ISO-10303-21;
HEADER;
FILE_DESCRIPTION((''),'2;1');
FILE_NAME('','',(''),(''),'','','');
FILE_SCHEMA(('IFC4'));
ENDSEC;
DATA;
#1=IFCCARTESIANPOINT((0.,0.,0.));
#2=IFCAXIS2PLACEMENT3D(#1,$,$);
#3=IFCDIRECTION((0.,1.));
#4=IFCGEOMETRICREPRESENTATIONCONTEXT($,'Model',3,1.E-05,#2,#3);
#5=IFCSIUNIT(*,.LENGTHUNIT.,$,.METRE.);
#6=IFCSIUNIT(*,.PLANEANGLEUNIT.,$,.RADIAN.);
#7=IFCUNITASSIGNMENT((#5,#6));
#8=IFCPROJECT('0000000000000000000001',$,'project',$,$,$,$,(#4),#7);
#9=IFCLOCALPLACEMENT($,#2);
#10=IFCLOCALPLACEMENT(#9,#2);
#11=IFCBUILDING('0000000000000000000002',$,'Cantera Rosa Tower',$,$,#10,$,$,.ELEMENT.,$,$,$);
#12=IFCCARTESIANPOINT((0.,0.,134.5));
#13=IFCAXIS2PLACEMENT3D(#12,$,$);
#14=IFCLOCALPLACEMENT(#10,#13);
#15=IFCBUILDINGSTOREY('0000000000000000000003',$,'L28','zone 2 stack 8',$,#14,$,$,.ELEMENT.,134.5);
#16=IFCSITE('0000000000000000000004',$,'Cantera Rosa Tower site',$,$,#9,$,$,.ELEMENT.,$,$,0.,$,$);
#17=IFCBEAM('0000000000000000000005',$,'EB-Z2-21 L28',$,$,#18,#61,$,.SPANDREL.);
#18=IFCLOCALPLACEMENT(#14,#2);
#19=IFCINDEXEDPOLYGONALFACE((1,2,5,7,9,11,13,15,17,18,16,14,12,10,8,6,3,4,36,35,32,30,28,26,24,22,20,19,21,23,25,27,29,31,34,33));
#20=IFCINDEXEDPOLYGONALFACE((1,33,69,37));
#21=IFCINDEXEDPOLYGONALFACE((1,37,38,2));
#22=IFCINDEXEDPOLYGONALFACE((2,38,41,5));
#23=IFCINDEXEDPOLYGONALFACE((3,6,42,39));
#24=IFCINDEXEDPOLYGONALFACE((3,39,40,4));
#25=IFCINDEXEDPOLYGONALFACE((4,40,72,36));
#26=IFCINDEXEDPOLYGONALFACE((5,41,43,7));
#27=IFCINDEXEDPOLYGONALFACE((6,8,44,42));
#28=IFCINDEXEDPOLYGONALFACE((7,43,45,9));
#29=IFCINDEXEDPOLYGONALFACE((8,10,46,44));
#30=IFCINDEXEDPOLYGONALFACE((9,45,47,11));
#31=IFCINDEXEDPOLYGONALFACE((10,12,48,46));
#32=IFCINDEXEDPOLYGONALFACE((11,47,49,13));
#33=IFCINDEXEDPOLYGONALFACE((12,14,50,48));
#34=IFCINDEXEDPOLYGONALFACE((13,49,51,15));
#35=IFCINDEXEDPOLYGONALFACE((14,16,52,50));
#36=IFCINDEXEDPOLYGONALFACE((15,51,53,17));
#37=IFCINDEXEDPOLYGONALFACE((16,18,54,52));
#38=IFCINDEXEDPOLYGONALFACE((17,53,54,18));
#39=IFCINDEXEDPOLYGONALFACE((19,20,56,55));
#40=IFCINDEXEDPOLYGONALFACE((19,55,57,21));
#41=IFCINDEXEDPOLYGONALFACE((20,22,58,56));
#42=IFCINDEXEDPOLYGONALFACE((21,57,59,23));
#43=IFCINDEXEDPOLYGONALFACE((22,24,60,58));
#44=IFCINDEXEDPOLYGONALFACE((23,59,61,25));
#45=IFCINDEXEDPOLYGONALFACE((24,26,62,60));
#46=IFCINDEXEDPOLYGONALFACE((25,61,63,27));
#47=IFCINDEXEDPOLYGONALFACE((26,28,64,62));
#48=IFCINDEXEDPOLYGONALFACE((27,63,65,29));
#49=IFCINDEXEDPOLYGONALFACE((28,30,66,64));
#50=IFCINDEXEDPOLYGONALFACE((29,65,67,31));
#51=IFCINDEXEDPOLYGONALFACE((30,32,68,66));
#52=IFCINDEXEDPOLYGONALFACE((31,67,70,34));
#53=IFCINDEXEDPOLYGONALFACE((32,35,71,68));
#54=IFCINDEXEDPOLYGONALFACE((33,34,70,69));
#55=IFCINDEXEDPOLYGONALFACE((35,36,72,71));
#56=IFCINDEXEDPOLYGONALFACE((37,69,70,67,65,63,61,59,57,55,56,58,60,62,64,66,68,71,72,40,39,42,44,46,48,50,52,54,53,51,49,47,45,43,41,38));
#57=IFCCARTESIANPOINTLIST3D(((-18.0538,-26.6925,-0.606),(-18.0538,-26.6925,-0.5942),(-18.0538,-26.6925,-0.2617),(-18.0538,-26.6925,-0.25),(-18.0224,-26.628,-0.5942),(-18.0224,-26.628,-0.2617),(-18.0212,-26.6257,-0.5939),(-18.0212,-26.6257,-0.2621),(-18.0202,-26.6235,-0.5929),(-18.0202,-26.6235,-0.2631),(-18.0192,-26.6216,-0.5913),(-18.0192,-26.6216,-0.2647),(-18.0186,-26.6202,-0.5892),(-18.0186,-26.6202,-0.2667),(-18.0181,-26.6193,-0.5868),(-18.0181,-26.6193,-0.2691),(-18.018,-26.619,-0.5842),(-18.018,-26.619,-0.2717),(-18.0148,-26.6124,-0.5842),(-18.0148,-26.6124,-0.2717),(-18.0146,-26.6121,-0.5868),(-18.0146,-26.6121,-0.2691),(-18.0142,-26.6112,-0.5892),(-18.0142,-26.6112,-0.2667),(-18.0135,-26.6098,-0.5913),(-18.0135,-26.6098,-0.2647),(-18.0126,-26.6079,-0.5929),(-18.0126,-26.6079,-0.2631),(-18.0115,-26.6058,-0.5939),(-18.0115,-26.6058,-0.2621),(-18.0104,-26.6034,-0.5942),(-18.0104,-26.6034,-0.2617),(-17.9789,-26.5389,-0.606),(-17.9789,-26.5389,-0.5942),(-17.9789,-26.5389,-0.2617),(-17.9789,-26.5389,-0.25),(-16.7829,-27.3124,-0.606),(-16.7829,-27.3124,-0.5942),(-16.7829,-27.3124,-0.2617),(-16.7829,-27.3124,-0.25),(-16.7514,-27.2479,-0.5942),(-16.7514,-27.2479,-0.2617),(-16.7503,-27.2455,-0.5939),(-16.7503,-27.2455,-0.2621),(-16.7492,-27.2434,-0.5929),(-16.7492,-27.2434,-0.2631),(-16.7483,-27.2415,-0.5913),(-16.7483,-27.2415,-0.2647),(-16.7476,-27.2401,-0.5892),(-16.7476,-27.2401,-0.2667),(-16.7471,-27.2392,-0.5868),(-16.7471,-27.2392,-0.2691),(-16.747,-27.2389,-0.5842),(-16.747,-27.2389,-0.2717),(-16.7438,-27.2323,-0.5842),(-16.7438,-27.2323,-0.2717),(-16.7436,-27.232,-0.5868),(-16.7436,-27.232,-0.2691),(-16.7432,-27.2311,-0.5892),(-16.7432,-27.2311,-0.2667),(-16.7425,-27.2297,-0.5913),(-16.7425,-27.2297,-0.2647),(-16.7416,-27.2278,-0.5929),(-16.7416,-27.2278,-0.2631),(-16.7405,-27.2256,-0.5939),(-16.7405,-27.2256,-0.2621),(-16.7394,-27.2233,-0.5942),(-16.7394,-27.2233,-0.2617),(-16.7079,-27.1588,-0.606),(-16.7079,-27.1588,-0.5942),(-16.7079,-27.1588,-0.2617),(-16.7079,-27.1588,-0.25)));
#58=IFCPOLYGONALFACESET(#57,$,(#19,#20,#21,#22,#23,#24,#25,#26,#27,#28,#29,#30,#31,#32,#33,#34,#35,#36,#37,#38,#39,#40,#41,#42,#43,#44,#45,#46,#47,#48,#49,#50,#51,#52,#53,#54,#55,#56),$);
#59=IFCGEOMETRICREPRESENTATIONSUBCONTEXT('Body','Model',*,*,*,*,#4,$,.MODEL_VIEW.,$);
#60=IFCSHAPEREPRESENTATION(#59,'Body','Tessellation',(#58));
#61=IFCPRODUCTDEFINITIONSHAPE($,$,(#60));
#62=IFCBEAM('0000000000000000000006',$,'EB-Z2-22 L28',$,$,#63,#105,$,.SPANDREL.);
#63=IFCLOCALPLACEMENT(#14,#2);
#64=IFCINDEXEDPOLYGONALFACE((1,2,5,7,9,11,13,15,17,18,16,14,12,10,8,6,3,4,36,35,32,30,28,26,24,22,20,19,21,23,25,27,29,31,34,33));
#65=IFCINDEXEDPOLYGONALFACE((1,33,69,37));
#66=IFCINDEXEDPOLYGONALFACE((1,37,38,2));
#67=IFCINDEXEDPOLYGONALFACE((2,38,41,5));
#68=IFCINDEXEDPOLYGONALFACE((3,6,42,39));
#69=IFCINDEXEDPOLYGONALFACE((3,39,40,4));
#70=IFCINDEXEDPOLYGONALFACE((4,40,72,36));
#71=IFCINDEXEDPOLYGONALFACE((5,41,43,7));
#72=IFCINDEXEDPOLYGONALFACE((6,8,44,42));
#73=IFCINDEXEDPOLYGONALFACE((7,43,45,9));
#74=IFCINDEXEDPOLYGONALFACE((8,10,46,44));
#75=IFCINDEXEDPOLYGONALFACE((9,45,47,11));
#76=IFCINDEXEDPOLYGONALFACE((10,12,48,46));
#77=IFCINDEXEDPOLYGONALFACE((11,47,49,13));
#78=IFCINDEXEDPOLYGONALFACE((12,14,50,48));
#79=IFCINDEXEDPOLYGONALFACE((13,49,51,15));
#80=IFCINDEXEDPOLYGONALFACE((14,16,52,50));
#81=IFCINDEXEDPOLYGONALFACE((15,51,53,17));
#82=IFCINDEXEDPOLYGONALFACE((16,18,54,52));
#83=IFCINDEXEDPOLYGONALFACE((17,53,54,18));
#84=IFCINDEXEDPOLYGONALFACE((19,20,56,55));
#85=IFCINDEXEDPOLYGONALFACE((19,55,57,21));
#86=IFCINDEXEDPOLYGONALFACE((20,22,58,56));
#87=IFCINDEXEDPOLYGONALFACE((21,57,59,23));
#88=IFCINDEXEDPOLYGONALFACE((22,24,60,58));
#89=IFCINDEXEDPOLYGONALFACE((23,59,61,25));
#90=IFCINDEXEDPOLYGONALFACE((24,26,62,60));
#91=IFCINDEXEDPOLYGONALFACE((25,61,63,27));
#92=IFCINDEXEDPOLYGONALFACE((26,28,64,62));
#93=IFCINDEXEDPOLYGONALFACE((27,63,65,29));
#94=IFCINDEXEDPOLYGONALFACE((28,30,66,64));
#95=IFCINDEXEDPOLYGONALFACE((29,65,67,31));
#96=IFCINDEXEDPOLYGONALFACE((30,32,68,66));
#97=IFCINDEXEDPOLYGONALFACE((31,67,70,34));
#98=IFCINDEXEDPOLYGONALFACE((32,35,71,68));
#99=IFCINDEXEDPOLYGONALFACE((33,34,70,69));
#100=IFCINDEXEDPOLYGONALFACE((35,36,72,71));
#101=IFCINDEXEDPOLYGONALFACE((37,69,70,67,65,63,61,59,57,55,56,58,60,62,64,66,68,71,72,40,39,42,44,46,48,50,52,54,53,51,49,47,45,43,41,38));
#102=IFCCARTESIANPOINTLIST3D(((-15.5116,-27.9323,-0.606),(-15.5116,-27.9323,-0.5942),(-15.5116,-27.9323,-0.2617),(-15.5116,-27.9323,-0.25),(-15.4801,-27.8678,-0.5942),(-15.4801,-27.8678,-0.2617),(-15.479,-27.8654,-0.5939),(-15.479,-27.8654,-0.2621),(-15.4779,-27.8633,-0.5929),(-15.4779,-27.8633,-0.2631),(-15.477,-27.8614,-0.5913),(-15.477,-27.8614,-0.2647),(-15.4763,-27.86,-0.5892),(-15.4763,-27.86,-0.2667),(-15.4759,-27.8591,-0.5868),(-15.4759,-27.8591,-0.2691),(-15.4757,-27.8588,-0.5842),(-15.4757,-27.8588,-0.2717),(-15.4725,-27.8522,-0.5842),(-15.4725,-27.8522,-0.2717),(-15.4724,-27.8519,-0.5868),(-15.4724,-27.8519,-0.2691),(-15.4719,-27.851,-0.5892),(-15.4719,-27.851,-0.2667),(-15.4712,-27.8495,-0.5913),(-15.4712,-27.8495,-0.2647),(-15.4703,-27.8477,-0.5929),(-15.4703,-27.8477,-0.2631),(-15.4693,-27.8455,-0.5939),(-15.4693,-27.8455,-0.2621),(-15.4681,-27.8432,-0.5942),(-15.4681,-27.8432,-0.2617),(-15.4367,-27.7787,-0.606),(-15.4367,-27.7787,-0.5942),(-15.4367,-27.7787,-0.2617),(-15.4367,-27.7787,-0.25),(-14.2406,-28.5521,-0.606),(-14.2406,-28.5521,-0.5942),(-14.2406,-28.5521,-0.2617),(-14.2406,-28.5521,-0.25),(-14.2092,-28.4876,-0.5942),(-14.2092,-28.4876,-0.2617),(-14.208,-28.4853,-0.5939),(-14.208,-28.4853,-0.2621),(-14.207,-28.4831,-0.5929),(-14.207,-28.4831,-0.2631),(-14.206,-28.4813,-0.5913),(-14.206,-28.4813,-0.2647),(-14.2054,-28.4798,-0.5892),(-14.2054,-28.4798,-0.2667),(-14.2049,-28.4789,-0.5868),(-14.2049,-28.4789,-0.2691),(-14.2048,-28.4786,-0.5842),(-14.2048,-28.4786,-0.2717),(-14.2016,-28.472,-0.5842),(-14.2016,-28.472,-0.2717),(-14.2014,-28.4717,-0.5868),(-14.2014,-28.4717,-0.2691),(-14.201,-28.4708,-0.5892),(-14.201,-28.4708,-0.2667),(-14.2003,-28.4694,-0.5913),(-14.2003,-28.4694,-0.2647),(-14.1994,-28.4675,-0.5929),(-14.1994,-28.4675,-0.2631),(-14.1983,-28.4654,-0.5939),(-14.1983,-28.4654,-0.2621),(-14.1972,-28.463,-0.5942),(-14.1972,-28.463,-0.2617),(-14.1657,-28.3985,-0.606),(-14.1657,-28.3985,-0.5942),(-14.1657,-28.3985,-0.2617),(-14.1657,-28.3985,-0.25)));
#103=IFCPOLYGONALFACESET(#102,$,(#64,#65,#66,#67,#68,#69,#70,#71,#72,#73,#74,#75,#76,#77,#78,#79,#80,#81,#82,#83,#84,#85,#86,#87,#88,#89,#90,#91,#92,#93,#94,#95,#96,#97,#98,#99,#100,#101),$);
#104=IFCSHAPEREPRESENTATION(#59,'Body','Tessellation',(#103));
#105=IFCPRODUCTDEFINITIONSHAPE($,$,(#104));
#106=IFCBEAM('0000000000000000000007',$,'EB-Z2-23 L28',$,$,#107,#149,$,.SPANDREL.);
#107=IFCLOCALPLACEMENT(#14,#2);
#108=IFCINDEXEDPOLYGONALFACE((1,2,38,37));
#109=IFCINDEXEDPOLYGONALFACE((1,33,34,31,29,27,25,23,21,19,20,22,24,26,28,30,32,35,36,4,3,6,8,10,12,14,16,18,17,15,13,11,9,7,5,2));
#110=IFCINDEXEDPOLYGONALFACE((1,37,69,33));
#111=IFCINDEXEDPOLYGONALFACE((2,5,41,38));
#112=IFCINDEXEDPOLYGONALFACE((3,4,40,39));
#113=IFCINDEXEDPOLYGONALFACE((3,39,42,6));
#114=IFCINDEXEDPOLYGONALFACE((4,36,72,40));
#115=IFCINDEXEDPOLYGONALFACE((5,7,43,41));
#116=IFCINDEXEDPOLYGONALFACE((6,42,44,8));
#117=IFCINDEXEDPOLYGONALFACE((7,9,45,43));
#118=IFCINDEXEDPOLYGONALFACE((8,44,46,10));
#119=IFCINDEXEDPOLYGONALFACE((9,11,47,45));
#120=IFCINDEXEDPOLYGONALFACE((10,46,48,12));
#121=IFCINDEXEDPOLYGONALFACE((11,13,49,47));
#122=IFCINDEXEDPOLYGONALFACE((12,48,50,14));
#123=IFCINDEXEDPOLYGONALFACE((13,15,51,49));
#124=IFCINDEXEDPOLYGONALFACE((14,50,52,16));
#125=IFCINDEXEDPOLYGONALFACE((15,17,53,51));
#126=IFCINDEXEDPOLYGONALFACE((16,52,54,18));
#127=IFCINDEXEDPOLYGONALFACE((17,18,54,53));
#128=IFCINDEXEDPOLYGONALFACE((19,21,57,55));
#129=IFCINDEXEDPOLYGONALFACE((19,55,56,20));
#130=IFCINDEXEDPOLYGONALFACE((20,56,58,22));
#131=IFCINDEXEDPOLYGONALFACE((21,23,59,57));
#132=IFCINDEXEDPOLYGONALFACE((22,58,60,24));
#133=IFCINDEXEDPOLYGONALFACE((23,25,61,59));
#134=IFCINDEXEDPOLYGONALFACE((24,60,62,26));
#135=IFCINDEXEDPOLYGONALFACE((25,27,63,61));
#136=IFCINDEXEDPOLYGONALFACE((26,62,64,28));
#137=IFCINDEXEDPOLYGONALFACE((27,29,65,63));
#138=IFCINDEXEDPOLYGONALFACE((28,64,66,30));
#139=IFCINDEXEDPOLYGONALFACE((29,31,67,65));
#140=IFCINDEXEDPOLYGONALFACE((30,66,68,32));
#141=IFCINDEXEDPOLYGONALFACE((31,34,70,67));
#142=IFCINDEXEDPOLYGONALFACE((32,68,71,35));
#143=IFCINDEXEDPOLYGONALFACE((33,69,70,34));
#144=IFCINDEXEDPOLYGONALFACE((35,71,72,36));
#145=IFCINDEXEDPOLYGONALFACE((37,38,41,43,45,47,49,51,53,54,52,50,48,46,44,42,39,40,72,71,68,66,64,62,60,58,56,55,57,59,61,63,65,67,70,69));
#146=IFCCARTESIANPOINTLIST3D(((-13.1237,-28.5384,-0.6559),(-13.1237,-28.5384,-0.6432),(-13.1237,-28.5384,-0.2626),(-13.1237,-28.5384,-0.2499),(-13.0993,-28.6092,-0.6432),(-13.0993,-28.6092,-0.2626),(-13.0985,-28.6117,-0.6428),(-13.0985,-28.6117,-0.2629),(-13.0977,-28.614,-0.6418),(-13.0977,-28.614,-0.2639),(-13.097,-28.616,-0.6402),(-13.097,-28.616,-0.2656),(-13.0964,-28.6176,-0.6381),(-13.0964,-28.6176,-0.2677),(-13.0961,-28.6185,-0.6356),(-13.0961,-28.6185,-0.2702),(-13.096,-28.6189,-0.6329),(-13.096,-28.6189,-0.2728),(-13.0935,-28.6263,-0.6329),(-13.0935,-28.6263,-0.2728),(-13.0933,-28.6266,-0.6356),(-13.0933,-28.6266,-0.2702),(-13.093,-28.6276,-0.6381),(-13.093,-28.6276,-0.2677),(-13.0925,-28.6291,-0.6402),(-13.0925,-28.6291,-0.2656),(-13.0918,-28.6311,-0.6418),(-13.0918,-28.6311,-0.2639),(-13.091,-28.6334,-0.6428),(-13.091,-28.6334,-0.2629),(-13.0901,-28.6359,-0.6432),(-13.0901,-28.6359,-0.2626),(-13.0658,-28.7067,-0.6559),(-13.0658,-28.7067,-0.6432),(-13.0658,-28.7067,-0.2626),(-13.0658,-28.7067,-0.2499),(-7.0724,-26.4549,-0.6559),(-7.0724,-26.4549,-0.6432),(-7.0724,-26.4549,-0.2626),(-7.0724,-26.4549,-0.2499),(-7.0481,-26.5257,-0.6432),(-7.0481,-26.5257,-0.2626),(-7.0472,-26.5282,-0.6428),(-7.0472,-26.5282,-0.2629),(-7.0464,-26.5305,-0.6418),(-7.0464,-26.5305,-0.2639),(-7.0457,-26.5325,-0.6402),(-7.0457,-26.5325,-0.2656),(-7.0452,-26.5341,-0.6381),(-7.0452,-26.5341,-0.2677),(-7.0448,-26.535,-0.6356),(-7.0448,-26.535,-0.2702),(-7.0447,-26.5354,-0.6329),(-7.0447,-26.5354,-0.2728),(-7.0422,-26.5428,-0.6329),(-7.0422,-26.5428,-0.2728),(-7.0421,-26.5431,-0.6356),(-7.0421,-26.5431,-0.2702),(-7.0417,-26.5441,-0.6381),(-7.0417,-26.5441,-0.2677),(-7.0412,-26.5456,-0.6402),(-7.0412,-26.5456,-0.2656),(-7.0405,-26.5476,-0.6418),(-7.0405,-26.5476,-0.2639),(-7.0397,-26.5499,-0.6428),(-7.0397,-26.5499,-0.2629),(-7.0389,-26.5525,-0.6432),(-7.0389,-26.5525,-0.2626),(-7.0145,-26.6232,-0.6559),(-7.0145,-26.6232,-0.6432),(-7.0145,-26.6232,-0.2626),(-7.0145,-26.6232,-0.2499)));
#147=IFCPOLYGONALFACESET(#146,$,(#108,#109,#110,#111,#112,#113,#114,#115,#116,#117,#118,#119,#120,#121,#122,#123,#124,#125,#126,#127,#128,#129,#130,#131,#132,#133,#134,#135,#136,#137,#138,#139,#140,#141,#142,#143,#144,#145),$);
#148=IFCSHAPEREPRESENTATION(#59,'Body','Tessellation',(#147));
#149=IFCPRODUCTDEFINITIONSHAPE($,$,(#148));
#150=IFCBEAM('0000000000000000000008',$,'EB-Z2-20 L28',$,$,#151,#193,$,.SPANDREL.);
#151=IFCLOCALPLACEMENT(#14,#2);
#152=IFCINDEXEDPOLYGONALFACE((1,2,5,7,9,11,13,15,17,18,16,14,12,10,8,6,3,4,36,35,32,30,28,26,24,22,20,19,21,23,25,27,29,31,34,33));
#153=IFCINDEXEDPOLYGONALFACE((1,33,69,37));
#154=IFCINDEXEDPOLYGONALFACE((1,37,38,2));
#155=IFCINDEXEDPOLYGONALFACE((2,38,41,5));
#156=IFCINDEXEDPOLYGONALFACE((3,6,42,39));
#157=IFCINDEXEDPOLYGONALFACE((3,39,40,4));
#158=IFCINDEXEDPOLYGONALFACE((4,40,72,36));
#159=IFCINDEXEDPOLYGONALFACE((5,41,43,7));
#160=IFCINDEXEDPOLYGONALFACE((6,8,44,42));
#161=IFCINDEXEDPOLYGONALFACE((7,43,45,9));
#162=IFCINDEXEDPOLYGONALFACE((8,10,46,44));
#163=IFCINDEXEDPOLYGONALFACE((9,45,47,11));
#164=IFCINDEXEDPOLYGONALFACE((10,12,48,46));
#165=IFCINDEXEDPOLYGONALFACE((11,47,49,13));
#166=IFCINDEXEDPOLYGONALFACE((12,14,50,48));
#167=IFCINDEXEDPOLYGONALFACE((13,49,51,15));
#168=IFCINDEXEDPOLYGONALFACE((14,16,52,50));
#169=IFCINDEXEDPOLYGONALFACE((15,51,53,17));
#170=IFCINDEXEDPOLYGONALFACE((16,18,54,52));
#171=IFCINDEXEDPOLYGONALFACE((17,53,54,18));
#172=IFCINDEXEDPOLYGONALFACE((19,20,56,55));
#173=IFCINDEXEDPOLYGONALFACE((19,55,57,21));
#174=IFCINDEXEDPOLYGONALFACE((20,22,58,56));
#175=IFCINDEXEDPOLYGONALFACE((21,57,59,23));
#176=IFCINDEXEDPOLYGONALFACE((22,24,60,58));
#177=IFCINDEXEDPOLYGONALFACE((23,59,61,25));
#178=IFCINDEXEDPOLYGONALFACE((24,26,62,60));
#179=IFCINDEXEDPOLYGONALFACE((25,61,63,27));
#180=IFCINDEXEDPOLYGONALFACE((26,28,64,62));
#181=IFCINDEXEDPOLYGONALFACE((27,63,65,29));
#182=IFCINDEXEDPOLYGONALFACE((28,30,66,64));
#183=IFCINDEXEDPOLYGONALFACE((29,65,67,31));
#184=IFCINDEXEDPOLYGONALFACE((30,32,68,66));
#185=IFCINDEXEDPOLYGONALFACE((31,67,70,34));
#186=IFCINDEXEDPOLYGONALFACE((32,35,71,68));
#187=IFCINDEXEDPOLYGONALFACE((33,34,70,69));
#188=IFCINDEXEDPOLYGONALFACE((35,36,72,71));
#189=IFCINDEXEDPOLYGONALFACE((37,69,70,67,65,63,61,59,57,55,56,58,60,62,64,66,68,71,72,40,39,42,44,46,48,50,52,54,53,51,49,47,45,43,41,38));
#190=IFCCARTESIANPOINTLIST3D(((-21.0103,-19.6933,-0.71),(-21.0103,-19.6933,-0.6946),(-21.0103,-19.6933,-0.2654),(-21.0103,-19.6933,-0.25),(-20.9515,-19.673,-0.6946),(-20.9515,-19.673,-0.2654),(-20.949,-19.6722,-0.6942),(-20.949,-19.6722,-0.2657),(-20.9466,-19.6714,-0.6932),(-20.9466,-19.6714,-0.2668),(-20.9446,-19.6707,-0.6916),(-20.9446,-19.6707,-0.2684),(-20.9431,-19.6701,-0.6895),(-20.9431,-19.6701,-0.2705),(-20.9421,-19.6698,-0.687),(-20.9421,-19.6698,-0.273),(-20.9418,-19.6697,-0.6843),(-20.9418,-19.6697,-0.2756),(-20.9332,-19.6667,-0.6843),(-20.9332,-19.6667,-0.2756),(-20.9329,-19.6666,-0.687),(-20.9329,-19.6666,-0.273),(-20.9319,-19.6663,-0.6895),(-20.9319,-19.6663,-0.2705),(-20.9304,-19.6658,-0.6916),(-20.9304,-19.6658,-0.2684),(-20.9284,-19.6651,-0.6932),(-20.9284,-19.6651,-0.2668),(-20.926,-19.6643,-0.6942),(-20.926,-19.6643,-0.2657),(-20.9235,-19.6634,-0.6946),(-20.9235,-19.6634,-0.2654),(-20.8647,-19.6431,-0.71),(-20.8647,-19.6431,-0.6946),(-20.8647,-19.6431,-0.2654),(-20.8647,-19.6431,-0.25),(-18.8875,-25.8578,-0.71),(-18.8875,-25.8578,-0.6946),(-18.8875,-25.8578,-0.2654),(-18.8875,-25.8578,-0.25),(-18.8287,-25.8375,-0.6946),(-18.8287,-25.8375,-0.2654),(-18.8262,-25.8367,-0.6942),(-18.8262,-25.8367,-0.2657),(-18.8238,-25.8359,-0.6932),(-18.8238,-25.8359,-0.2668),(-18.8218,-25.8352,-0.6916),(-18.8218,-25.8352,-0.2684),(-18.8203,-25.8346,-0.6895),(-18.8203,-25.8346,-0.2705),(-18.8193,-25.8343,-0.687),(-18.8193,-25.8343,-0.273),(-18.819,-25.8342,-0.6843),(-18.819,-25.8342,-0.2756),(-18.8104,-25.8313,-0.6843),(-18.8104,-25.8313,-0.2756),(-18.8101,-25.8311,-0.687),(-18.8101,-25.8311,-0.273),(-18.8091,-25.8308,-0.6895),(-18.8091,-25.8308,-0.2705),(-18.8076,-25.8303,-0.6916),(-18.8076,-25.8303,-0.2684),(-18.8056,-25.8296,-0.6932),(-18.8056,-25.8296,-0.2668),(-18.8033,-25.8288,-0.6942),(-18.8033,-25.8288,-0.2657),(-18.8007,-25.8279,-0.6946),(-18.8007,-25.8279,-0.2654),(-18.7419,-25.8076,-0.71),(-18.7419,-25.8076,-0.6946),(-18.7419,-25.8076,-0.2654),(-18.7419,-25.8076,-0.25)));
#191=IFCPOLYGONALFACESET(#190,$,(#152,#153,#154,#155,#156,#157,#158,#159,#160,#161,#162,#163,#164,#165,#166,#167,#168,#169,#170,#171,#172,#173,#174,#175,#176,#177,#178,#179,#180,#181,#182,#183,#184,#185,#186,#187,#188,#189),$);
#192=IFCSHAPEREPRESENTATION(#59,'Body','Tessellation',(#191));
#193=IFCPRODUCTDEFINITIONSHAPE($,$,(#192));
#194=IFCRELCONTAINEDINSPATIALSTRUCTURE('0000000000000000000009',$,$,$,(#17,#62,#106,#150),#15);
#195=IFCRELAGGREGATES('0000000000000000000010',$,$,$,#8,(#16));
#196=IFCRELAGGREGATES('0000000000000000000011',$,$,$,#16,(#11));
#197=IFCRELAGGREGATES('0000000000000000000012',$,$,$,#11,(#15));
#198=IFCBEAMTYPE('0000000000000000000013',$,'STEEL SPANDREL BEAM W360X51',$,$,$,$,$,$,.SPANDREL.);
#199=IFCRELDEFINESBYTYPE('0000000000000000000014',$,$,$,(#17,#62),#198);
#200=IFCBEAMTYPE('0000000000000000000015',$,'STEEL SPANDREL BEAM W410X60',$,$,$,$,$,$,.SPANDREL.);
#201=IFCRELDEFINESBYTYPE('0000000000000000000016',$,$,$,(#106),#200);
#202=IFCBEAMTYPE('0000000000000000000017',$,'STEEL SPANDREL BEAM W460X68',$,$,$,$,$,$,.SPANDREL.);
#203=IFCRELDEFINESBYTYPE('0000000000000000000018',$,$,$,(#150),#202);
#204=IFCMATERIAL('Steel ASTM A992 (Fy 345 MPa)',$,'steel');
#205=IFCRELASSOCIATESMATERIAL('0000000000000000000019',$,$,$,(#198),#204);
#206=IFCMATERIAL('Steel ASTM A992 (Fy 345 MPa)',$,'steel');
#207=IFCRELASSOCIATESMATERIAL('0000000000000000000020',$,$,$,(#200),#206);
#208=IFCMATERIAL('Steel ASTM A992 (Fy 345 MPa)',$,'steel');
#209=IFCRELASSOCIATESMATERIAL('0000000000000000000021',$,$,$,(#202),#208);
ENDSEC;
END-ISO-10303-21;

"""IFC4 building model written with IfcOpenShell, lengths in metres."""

from ifc_helpers import new_model, si_unit, direction, frame, origin, origin_2d, place, context, subcontext, project, spatial, i_section, extrude, material, material_profile, profile_set, type_object, element, save


model = new_model("IFC4")

# Units and contexts
model_context = context("Model", 3, precision=1e-05, world=origin(), true_north=direction((0.0, 1.0)))
body_context = subcontext(model_context, "Body", "Model", "MODEL_VIEW")
ifc_project = project(units=[si_unit("LENGTHUNIT", "METRE"), si_unit("PLANEANGLEUNIT", "RADIAN")], contexts=[model_context])

# Site, building, storey
site_placement = place(None, origin())
site = spatial("IfcSite", under=ifc_project, at=site_placement, Name="Cantera Rosa Tower site", CompositionType="ELEMENT", RefElevation=0.0)
building_placement = place(site_placement, origin())
building = spatial("IfcBuilding", under=site, at=building_placement, Name="Cantera Rosa Tower", CompositionType="ELEMENT")
storey_placement = place(building_placement, frame((0.0, 0.0, 134.5)))
storey = spatial("IfcBuildingStorey", under=building, at=storey_placement, Name="L28", Description="zone 2 stack 8", CompositionType="ELEMENT", Elevation=134.5)

# Beams
ifc_material_1 = material(Name="Steel ASTM A992 (Fy 345 MPa)", Category="steel")
ifc_material_profile_1 = material_profile(ifc_material_1, i_section(OverallWidth=0.1709, OverallDepth=0.356, WebThickness=0.0073, FlangeThickness=0.0117, FilletRadius=0.01, at=origin_2d()), Name="W360X51")
ifc_profile_set_1 = profile_set([ifc_material_profile_1], Name="Steel ASTM A992 (Fy 345 MPa)")
beam_type_1 = type_object("IfcBeamType", Name="STEEL SPANDREL BEAM W360X51", PredefinedType="SPANDREL", material=ifc_profile_set_1)
for number, where, z_axis, x_axis, name in (
    (1, (-18.0164, -26.6157, -0.428), (0.898803, -0.438352, 0.0), (0.438352, 0.898803, 0.0), "EB-Z2-21 L28"),
    (2, (-15.4741, -27.8555, -0.428), (0.898803, -0.438352, 0.0), (0.438352, 0.898803, 0.0), "EB-Z2-22 L28"),
):
    element("IfcBeam", number, at=place(storey_placement, frame(where, z_axis=z_axis, x_axis=x_axis)), inside=storey, type_object=beam_type_1, Name=name, PredefinedType="SPANDREL", context=body_context, shape_type="SweptSolid", body=[
        extrude(i_section(OverallWidth=0.1709, OverallDepth=0.356, WebThickness=0.0073, FlangeThickness=0.0117, FilletRadius=0.01, at=origin_2d()), origin(), (0.0, 0.0, 1.0), 1.4141),
    ])
ifc_material_2 = material(Name="Steel ASTM A992 (Fy 345 MPa)", Category="steel")
ifc_material_profile_2 = material_profile(ifc_material_2, i_section(OverallWidth=0.178, OverallDepth=0.406, WebThickness=0.0078, FlangeThickness=0.0127, FilletRadius=0.0103, at=origin_2d()), Name="W410X60")
ifc_profile_set_2 = profile_set([ifc_material_profile_2], Name="Steel ASTM A992 (Fy 345 MPa)")
beam_type_2 = type_object("IfcBeamType", Name="STEEL SPANDREL BEAM W410X60", PredefinedType="SPANDREL", material=ifc_profile_set_2)
beam_1_placement = place(storey_placement, frame((-13.0947, -28.6226, -0.4529), z_axis=(0.945524, 0.325551, 0.0), x_axis=(-0.325551, 0.945524, 0.0)))
element("IfcBeam", 3, at=beam_1_placement, inside=storey, type_object=beam_type_2, Name="EB-Z2-23 L28", PredefinedType="SPANDREL", context=body_context, shape_type="SweptSolid", body=[
    extrude(i_section(OverallWidth=0.178, OverallDepth=0.406, WebThickness=0.0078, FlangeThickness=0.0127, FilletRadius=0.0103, at=origin_2d()), origin(), (0.0, 0.0, 1.0), 6.3999),
])
ifc_material_3 = material(Name="Steel ASTM A992 (Fy 345 MPa)", Category="steel")
ifc_material_profile_3 = material_profile(ifc_material_3, i_section(OverallWidth=0.1541, OverallDepth=0.46, WebThickness=0.009, FlangeThickness=0.0154, FilletRadius=0.0103, at=origin_2d()), Name="W460X68")
ifc_profile_set_3 = profile_set([ifc_material_profile_3], Name="Steel ASTM A992 (Fy 345 MPa)")
beam_type_3 = type_object("IfcBeamType", Name="STEEL SPANDREL BEAM W460X68", PredefinedType="SPANDREL", material=ifc_profile_set_3)
beam_2_placement = place(storey_placement, frame((-20.9375, -19.6682, -0.48), z_axis=(0.325593, -0.94551, 0.0), x_axis=(0.94551, 0.325593, 0.0)))
element("IfcBeam", 4, at=beam_2_placement, inside=storey, type_object=beam_type_3, Name="EB-Z2-20 L28", PredefinedType="SPANDREL", context=body_context, shape_type="SweptSolid", body=[
    extrude(i_section(OverallWidth=0.1541, OverallDepth=0.46, WebThickness=0.009, FlangeThickness=0.0154, FilletRadius=0.0103, at=origin_2d()), origin(), (0.0, 0.0, 1.0), 6.5198),
])

save(model, "model.ifc")
